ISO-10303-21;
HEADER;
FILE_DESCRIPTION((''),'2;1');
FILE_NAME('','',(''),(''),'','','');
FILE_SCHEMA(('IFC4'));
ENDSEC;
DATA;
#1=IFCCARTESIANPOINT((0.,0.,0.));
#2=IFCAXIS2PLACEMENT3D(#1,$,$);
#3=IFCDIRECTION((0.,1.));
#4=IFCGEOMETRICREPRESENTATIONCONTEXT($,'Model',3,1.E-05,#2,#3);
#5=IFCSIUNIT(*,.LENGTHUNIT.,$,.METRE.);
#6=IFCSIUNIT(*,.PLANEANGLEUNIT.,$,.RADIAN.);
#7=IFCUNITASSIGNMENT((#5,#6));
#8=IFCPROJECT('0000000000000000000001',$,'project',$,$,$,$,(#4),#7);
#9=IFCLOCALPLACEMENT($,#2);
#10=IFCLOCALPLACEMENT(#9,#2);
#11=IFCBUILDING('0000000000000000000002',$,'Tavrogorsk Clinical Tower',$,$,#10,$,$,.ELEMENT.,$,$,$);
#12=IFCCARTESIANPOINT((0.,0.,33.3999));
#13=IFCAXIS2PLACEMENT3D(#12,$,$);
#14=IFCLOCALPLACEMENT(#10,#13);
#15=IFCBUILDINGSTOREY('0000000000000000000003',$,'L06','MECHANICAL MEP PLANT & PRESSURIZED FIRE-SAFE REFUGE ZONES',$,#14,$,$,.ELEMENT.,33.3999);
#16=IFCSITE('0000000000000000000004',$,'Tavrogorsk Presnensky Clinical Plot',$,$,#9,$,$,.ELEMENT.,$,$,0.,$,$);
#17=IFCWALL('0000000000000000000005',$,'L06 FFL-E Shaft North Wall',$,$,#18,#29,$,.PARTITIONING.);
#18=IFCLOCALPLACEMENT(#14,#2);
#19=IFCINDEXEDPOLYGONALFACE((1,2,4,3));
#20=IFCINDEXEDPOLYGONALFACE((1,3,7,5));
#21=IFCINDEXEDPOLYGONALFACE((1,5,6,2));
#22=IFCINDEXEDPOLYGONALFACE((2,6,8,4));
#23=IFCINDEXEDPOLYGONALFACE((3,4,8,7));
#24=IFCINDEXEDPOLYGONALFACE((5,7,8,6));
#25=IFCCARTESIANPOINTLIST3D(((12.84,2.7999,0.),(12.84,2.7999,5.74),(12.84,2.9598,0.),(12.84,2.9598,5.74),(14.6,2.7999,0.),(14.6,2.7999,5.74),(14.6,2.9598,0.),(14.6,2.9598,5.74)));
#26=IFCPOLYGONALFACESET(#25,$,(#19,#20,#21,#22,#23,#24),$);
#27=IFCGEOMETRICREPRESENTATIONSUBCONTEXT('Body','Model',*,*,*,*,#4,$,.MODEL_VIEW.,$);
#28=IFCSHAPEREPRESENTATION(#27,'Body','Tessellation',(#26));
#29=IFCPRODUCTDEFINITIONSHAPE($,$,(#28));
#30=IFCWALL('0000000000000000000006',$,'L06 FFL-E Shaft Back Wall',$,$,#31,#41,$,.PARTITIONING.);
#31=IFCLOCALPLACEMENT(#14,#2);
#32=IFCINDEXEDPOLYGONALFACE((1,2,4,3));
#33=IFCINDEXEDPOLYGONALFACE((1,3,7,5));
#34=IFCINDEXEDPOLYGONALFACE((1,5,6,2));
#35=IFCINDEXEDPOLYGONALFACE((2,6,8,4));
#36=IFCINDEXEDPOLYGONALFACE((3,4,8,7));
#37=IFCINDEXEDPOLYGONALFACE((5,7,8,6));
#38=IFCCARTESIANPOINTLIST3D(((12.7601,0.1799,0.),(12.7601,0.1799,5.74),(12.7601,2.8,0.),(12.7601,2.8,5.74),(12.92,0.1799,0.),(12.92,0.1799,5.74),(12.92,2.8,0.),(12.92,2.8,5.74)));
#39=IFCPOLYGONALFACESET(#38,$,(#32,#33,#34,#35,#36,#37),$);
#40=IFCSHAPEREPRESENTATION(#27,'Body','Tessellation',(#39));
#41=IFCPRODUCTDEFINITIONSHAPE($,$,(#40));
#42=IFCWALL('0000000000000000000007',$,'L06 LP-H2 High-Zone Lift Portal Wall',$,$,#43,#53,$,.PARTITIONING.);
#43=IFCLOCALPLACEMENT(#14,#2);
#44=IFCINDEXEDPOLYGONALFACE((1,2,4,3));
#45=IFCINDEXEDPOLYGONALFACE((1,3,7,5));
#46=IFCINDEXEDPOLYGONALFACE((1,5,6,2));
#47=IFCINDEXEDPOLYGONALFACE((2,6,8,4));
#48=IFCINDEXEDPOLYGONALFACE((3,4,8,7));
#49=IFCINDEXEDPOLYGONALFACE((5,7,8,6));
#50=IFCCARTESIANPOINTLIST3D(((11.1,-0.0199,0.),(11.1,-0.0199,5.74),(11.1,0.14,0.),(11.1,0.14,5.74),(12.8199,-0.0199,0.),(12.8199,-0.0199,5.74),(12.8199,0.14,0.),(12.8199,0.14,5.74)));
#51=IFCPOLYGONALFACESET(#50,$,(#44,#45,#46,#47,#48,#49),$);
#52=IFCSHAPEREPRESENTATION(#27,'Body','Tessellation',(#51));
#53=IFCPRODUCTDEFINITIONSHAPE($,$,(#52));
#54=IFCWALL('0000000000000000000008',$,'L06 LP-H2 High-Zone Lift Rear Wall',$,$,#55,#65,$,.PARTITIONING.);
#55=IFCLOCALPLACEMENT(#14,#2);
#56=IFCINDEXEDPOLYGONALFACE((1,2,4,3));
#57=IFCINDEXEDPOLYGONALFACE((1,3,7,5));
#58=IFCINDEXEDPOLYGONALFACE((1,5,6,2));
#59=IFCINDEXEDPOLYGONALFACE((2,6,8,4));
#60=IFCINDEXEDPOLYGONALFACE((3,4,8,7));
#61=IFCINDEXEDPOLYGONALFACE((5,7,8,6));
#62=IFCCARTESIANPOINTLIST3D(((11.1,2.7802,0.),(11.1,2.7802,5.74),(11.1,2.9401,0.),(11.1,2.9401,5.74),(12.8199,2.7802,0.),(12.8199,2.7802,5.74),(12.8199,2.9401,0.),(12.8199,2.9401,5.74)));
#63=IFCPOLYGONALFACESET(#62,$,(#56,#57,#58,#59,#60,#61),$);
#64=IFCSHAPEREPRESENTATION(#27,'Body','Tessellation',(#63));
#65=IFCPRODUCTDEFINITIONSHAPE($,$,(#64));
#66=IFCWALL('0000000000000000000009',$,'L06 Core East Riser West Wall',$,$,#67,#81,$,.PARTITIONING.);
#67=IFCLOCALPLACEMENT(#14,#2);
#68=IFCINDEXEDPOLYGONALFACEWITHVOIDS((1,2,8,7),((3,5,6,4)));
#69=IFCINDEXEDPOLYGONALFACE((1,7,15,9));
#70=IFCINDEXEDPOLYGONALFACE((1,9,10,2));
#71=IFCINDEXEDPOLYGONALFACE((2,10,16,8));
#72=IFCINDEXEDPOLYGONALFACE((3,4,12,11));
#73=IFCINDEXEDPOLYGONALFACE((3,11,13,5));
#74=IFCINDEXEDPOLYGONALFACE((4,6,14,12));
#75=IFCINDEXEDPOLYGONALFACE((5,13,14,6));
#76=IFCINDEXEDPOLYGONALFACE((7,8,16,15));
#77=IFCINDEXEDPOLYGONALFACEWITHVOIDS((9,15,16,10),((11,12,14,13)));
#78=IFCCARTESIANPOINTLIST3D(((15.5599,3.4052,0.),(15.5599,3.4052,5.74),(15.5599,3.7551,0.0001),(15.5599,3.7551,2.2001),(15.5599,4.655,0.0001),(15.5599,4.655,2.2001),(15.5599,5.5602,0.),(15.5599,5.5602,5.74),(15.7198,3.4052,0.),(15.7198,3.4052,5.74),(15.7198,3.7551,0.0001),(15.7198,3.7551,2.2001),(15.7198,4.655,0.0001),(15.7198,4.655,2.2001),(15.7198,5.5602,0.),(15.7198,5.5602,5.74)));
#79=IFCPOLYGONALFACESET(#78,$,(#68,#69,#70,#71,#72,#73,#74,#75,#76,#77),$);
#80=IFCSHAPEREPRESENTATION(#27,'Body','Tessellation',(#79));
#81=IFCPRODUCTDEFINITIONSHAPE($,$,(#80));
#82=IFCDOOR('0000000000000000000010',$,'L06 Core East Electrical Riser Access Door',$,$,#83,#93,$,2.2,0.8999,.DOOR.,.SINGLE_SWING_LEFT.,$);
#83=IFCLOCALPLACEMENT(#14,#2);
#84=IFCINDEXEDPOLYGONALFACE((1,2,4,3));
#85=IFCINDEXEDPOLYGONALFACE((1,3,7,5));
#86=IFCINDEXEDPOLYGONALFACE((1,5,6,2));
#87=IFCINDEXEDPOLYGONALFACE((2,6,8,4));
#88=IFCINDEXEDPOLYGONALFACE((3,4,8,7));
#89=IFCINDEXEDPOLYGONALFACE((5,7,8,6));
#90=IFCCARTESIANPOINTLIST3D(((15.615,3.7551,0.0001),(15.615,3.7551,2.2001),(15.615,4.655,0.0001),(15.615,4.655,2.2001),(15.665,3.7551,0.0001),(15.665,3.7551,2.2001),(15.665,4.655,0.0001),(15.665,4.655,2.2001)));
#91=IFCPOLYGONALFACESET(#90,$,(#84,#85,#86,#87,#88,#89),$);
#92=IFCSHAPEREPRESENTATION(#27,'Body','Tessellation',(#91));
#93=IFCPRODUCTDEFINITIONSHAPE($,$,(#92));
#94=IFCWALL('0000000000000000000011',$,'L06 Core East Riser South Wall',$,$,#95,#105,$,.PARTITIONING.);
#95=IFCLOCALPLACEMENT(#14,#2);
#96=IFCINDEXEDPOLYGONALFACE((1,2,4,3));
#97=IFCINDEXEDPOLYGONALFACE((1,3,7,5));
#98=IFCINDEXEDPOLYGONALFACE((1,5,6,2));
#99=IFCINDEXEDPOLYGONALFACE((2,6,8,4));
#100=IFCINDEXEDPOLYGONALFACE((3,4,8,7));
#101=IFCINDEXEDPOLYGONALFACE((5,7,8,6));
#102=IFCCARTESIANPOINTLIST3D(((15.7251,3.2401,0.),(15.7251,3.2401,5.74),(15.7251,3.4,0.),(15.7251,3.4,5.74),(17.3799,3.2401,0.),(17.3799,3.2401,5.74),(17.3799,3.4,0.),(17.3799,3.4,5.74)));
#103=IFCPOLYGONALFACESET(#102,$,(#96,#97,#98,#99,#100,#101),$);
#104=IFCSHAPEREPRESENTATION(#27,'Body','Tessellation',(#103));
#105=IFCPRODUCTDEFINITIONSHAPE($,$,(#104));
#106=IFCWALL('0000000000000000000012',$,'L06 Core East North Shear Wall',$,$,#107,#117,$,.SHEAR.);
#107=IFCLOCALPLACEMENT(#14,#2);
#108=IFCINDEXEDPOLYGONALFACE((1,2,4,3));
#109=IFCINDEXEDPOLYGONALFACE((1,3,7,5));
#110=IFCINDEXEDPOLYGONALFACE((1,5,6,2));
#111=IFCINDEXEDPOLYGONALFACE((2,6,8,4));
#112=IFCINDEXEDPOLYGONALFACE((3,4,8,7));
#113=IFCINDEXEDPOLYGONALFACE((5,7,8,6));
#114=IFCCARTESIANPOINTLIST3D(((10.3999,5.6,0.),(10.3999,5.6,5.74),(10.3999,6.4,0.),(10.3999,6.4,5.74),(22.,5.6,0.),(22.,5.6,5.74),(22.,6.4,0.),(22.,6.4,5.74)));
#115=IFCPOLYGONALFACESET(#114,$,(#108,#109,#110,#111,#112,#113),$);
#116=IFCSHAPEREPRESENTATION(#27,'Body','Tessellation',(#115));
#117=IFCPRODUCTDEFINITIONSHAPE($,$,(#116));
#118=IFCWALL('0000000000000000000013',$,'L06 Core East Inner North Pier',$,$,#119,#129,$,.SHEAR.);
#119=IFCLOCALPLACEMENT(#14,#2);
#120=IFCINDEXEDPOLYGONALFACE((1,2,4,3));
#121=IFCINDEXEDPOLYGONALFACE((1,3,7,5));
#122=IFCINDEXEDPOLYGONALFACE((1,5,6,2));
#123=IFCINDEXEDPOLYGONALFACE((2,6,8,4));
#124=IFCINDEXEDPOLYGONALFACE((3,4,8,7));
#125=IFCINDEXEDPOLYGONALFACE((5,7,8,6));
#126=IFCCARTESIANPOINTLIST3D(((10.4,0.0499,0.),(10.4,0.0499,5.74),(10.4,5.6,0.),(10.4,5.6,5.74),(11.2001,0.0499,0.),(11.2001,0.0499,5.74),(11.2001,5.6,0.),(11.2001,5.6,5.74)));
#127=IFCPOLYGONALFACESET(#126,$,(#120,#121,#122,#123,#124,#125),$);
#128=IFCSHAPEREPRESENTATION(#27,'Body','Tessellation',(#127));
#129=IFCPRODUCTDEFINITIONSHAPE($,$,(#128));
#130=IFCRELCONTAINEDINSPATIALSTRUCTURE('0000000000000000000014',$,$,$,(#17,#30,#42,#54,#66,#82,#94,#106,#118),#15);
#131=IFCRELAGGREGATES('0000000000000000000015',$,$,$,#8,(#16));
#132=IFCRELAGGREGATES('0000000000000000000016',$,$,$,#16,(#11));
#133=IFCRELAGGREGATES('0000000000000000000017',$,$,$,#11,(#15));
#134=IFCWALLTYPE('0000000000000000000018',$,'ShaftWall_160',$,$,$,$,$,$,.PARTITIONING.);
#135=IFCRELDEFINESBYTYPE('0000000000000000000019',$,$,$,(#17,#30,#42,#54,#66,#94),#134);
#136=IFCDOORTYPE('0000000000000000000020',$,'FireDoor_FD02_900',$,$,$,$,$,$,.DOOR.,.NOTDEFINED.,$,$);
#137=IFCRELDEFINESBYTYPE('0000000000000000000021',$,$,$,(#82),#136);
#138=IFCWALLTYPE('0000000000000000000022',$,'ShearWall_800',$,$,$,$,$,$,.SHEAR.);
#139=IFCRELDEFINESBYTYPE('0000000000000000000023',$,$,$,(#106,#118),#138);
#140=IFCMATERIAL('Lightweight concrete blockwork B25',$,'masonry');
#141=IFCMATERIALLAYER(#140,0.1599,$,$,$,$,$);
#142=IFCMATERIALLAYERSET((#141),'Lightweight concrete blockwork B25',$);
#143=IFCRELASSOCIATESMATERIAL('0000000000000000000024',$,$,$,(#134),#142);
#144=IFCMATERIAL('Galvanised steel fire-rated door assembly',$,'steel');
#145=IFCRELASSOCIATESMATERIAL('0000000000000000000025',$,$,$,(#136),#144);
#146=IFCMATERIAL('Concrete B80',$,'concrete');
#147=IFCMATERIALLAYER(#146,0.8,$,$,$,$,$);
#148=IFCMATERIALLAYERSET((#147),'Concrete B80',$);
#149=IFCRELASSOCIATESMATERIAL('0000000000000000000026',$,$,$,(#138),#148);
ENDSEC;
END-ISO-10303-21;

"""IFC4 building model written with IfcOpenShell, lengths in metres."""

from ifc_helpers import new_model, si_unit, direction, frame, frame_2d, origin, place, context, subcontext, project, spatial, rectangle, extrude, material, layer, layer_set, type_object, element, fill, save


model = new_model("IFC4")

# Units and contexts
model_context = context("Model", 3, precision=1e-05, world=origin(), true_north=direction((0.0, 1.0)))
body_context = subcontext(model_context, "Body", "Model", "MODEL_VIEW")
ifc_project = project(units=[si_unit("LENGTHUNIT", "METRE"), si_unit("PLANEANGLEUNIT", "RADIAN")], contexts=[model_context])

# Site, building, storey
site_placement = place(None, origin())
site = spatial("IfcSite", under=ifc_project, at=site_placement, Name="Tavrogorsk Presnensky Clinical Plot", CompositionType="ELEMENT", RefElevation=0.0)
building_placement = place(site_placement, origin())
building = spatial("IfcBuilding", under=site, at=building_placement, Name="Tavrogorsk Clinical Tower", CompositionType="ELEMENT")
storey_placement = place(building_placement, frame((0.0, 0.0, 33.3999)))
storey = spatial("IfcBuildingStorey", under=building, at=storey_placement, Name="L06", Description="MECHANICAL MEP PLANT & PRESSURIZED FIRE-SAFE REFUGE ZONES", CompositionType="ELEMENT", Elevation=33.3999)

# Shared definitions
ifc_material_1 = material(Name="Lightweight concrete blockwork B25", Category="masonry")
ifc_layer_1 = layer(ifc_material_1, 0.1599)
ifc_layer_set_1 = layer_set([ifc_layer_1], Name="Lightweight concrete blockwork B25")
wall_type_1 = type_object("IfcWallType", Name="ShaftWall_160", PredefinedType="PARTITIONING", material=ifc_layer_set_1)

# Walls
for number, where, z_axis, x_axis, name in (
    (1, (12.8401, 2.8799, 0.0), (0.0, 0.0, 1.0), (1.0, 0.0, 0.0), "L06 FFL-E Shaft North Wall"),
):
    element("IfcWall", number, at=place(storey_placement, frame(where, z_axis=z_axis, x_axis=x_axis)), inside=storey, type_object=wall_type_1, Name=name, PredefinedType="PARTITIONING", context=body_context, shape_type="SweptSolid", body=[
        extrude(rectangle(XDim=1.76, YDim=0.1599, at=frame_2d((0.8799, 0.0))), origin(), (0.0, 0.0, 1.0), 5.74),
    ])
wall_1_placement = place(storey_placement, frame((12.8401, 0.1799, 0.0), z_axis=(0.0, 0.0, 1.0), x_axis=(0.0, 1.0, 0.0)))
element("IfcWall", 2, at=wall_1_placement, inside=storey, type_object=wall_type_1, Name="L06 FFL-E Shaft Back Wall", PredefinedType="PARTITIONING", context=body_context, shape_type="SweptSolid", body=[
    extrude(rectangle(XDim=2.6201, YDim=0.1599, at=frame_2d((1.3101, 0.0))), origin(), (0.0, 0.0, 1.0), 5.74),
])
for number, where, z_axis, x_axis, name in (
    (3, (11.1001, 0.0601, 0.0), (0.0, 0.0, 1.0), (1.0, 0.0, 0.0), "L06 LP-H2 High-Zone Lift Portal Wall"),
    (4, (11.1001, 2.8601, 0.0), (0.0, 0.0, 1.0), (1.0, 0.0, 0.0), "L06 LP-H2 High-Zone Lift Rear Wall"),
):
    element("IfcWall", number, at=place(storey_placement, frame(where, z_axis=z_axis, x_axis=x_axis)), inside=storey, type_object=wall_type_1, Name=name, PredefinedType="PARTITIONING", context=body_context, shape_type="SweptSolid", body=[
        extrude(rectangle(XDim=1.72, YDim=0.1599, at=frame_2d((0.8599, 0.0))), origin(), (0.0, 0.0, 1.0), 5.74),
    ])

# Wall, opening, door
wall_2_placement = place(storey_placement, frame((15.6399, 3.405, 0.0), z_axis=(0.0, 0.0, 1.0), x_axis=(0.0, 1.0, 0.0)))
wall_2 = element("IfcWall", 5, at=wall_2_placement, inside=storey, type_object=wall_type_1, Name="L06 Core East Riser West Wall", PredefinedType="PARTITIONING", context=body_context, shape_type="SweptSolid", body=[
    extrude(rectangle(XDim=2.155, YDim=0.1599, at=frame_2d((1.0776, 0.0))), origin(), (0.0, 0.0, 1.0), 5.74),
])
opening_1_placement = place(wall_2_placement, frame((0.3501, 0.0, 0.0)))
opening_1 = element("IfcOpeningElement", 6, at=opening_1_placement, cuts=wall_2, PredefinedType="OPENING", context=body_context, shape_type="SweptSolid", body=[
    extrude(rectangle(XDim=0.8999, YDim=2.2, at=frame_2d((0.45, 1.1001))), frame((0.0, 0.0898, 0.0), z_axis=(0.0, -1.0, 0.0), x_axis=(1.0, 0.0, 0.0)), (0.0, 0.0, 1.0), 0.1799),
])
ifc_material_2 = material(Name="Galvanised steel fire-rated door assembly", Category="steel")
door_type_1 = type_object("IfcDoorType", Name="FireDoor_FD02_900", OperationType="NOTDEFINED", PredefinedType="DOOR", material=ifc_material_2)
door_1_placement = place(opening_1_placement, origin())
door_1 = element("IfcDoor", 7, at=door_1_placement, inside=storey, type_object=door_type_1, Name="L06 Core East Electrical Riser Access Door", OperationType="SINGLE_SWING_LEFT", OverallHeight=2.2, OverallWidth=0.8999, PredefinedType="DOOR", context=body_context, shape_type="SweptSolid", body=[
    extrude(rectangle(XDim=0.8999, YDim=2.2, at=frame_2d((0.45, 1.1001))), frame((0.0, 0.0249, 0.0), z_axis=(0.0, -1.0, 0.0), x_axis=(1.0, 0.0, 0.0)), (0.0, 0.0, 1.0), 0.05),
])
fill(opening_1, door_1)

# Walls
wall_3_placement = place(storey_placement, frame((15.7251, 3.3201, 0.0), z_axis=(0.0, 0.0, 1.0), x_axis=(1.0, 0.0, 0.0)))
element("IfcWall", 8, at=wall_3_placement, inside=storey, type_object=wall_type_1, Name="L06 Core East Riser South Wall", PredefinedType="PARTITIONING", context=body_context, shape_type="SweptSolid", body=[
    extrude(rectangle(XDim=1.6548, YDim=0.1599, at=frame_2d((0.8274, 0.0))), origin(), (0.0, 0.0, 1.0), 5.74),
])
ifc_material_3 = material(Name="Concrete B80", Category="concrete")
ifc_layer_2 = layer(ifc_material_3, 0.8)
ifc_layer_set_2 = layer_set([ifc_layer_2], Name="Concrete B80")
wall_type_2 = type_object("IfcWallType", Name="ShearWall_800", PredefinedType="SHEAR", material=ifc_layer_set_2)
wall_4_placement = place(storey_placement, frame((10.3999, 6.0, 0.0), z_axis=(0.0, 0.0, 1.0), x_axis=(1.0, 0.0, 0.0)))
element("IfcWall", 9, at=wall_4_placement, inside=storey, type_object=wall_type_2, Name="L06 Core East North Shear Wall", PredefinedType="SHEAR", context=body_context, shape_type="SweptSolid", body=[
    extrude(rectangle(XDim=11.6001, YDim=0.8, at=frame_2d((5.8, 0.0))), origin(), (0.0, 0.0, 1.0), 5.74),
])
wall_5_placement = place(storey_placement, frame((10.8, 0.05, 0.0), z_axis=(0.0, 0.0, 1.0), x_axis=(0.0, 1.0, 0.0)))
element("IfcWall", 10, at=wall_5_placement, inside=storey, type_object=wall_type_2, Name="L06 Core East Inner North Pier", PredefinedType="SHEAR", context=body_context, shape_type="SweptSolid", body=[
    extrude(rectangle(XDim=5.55, YDim=0.8, at=frame_2d((2.7749, 0.0))), origin(), (0.0, 0.0, 1.0), 5.74),
])

save(model, "model.ifc")
